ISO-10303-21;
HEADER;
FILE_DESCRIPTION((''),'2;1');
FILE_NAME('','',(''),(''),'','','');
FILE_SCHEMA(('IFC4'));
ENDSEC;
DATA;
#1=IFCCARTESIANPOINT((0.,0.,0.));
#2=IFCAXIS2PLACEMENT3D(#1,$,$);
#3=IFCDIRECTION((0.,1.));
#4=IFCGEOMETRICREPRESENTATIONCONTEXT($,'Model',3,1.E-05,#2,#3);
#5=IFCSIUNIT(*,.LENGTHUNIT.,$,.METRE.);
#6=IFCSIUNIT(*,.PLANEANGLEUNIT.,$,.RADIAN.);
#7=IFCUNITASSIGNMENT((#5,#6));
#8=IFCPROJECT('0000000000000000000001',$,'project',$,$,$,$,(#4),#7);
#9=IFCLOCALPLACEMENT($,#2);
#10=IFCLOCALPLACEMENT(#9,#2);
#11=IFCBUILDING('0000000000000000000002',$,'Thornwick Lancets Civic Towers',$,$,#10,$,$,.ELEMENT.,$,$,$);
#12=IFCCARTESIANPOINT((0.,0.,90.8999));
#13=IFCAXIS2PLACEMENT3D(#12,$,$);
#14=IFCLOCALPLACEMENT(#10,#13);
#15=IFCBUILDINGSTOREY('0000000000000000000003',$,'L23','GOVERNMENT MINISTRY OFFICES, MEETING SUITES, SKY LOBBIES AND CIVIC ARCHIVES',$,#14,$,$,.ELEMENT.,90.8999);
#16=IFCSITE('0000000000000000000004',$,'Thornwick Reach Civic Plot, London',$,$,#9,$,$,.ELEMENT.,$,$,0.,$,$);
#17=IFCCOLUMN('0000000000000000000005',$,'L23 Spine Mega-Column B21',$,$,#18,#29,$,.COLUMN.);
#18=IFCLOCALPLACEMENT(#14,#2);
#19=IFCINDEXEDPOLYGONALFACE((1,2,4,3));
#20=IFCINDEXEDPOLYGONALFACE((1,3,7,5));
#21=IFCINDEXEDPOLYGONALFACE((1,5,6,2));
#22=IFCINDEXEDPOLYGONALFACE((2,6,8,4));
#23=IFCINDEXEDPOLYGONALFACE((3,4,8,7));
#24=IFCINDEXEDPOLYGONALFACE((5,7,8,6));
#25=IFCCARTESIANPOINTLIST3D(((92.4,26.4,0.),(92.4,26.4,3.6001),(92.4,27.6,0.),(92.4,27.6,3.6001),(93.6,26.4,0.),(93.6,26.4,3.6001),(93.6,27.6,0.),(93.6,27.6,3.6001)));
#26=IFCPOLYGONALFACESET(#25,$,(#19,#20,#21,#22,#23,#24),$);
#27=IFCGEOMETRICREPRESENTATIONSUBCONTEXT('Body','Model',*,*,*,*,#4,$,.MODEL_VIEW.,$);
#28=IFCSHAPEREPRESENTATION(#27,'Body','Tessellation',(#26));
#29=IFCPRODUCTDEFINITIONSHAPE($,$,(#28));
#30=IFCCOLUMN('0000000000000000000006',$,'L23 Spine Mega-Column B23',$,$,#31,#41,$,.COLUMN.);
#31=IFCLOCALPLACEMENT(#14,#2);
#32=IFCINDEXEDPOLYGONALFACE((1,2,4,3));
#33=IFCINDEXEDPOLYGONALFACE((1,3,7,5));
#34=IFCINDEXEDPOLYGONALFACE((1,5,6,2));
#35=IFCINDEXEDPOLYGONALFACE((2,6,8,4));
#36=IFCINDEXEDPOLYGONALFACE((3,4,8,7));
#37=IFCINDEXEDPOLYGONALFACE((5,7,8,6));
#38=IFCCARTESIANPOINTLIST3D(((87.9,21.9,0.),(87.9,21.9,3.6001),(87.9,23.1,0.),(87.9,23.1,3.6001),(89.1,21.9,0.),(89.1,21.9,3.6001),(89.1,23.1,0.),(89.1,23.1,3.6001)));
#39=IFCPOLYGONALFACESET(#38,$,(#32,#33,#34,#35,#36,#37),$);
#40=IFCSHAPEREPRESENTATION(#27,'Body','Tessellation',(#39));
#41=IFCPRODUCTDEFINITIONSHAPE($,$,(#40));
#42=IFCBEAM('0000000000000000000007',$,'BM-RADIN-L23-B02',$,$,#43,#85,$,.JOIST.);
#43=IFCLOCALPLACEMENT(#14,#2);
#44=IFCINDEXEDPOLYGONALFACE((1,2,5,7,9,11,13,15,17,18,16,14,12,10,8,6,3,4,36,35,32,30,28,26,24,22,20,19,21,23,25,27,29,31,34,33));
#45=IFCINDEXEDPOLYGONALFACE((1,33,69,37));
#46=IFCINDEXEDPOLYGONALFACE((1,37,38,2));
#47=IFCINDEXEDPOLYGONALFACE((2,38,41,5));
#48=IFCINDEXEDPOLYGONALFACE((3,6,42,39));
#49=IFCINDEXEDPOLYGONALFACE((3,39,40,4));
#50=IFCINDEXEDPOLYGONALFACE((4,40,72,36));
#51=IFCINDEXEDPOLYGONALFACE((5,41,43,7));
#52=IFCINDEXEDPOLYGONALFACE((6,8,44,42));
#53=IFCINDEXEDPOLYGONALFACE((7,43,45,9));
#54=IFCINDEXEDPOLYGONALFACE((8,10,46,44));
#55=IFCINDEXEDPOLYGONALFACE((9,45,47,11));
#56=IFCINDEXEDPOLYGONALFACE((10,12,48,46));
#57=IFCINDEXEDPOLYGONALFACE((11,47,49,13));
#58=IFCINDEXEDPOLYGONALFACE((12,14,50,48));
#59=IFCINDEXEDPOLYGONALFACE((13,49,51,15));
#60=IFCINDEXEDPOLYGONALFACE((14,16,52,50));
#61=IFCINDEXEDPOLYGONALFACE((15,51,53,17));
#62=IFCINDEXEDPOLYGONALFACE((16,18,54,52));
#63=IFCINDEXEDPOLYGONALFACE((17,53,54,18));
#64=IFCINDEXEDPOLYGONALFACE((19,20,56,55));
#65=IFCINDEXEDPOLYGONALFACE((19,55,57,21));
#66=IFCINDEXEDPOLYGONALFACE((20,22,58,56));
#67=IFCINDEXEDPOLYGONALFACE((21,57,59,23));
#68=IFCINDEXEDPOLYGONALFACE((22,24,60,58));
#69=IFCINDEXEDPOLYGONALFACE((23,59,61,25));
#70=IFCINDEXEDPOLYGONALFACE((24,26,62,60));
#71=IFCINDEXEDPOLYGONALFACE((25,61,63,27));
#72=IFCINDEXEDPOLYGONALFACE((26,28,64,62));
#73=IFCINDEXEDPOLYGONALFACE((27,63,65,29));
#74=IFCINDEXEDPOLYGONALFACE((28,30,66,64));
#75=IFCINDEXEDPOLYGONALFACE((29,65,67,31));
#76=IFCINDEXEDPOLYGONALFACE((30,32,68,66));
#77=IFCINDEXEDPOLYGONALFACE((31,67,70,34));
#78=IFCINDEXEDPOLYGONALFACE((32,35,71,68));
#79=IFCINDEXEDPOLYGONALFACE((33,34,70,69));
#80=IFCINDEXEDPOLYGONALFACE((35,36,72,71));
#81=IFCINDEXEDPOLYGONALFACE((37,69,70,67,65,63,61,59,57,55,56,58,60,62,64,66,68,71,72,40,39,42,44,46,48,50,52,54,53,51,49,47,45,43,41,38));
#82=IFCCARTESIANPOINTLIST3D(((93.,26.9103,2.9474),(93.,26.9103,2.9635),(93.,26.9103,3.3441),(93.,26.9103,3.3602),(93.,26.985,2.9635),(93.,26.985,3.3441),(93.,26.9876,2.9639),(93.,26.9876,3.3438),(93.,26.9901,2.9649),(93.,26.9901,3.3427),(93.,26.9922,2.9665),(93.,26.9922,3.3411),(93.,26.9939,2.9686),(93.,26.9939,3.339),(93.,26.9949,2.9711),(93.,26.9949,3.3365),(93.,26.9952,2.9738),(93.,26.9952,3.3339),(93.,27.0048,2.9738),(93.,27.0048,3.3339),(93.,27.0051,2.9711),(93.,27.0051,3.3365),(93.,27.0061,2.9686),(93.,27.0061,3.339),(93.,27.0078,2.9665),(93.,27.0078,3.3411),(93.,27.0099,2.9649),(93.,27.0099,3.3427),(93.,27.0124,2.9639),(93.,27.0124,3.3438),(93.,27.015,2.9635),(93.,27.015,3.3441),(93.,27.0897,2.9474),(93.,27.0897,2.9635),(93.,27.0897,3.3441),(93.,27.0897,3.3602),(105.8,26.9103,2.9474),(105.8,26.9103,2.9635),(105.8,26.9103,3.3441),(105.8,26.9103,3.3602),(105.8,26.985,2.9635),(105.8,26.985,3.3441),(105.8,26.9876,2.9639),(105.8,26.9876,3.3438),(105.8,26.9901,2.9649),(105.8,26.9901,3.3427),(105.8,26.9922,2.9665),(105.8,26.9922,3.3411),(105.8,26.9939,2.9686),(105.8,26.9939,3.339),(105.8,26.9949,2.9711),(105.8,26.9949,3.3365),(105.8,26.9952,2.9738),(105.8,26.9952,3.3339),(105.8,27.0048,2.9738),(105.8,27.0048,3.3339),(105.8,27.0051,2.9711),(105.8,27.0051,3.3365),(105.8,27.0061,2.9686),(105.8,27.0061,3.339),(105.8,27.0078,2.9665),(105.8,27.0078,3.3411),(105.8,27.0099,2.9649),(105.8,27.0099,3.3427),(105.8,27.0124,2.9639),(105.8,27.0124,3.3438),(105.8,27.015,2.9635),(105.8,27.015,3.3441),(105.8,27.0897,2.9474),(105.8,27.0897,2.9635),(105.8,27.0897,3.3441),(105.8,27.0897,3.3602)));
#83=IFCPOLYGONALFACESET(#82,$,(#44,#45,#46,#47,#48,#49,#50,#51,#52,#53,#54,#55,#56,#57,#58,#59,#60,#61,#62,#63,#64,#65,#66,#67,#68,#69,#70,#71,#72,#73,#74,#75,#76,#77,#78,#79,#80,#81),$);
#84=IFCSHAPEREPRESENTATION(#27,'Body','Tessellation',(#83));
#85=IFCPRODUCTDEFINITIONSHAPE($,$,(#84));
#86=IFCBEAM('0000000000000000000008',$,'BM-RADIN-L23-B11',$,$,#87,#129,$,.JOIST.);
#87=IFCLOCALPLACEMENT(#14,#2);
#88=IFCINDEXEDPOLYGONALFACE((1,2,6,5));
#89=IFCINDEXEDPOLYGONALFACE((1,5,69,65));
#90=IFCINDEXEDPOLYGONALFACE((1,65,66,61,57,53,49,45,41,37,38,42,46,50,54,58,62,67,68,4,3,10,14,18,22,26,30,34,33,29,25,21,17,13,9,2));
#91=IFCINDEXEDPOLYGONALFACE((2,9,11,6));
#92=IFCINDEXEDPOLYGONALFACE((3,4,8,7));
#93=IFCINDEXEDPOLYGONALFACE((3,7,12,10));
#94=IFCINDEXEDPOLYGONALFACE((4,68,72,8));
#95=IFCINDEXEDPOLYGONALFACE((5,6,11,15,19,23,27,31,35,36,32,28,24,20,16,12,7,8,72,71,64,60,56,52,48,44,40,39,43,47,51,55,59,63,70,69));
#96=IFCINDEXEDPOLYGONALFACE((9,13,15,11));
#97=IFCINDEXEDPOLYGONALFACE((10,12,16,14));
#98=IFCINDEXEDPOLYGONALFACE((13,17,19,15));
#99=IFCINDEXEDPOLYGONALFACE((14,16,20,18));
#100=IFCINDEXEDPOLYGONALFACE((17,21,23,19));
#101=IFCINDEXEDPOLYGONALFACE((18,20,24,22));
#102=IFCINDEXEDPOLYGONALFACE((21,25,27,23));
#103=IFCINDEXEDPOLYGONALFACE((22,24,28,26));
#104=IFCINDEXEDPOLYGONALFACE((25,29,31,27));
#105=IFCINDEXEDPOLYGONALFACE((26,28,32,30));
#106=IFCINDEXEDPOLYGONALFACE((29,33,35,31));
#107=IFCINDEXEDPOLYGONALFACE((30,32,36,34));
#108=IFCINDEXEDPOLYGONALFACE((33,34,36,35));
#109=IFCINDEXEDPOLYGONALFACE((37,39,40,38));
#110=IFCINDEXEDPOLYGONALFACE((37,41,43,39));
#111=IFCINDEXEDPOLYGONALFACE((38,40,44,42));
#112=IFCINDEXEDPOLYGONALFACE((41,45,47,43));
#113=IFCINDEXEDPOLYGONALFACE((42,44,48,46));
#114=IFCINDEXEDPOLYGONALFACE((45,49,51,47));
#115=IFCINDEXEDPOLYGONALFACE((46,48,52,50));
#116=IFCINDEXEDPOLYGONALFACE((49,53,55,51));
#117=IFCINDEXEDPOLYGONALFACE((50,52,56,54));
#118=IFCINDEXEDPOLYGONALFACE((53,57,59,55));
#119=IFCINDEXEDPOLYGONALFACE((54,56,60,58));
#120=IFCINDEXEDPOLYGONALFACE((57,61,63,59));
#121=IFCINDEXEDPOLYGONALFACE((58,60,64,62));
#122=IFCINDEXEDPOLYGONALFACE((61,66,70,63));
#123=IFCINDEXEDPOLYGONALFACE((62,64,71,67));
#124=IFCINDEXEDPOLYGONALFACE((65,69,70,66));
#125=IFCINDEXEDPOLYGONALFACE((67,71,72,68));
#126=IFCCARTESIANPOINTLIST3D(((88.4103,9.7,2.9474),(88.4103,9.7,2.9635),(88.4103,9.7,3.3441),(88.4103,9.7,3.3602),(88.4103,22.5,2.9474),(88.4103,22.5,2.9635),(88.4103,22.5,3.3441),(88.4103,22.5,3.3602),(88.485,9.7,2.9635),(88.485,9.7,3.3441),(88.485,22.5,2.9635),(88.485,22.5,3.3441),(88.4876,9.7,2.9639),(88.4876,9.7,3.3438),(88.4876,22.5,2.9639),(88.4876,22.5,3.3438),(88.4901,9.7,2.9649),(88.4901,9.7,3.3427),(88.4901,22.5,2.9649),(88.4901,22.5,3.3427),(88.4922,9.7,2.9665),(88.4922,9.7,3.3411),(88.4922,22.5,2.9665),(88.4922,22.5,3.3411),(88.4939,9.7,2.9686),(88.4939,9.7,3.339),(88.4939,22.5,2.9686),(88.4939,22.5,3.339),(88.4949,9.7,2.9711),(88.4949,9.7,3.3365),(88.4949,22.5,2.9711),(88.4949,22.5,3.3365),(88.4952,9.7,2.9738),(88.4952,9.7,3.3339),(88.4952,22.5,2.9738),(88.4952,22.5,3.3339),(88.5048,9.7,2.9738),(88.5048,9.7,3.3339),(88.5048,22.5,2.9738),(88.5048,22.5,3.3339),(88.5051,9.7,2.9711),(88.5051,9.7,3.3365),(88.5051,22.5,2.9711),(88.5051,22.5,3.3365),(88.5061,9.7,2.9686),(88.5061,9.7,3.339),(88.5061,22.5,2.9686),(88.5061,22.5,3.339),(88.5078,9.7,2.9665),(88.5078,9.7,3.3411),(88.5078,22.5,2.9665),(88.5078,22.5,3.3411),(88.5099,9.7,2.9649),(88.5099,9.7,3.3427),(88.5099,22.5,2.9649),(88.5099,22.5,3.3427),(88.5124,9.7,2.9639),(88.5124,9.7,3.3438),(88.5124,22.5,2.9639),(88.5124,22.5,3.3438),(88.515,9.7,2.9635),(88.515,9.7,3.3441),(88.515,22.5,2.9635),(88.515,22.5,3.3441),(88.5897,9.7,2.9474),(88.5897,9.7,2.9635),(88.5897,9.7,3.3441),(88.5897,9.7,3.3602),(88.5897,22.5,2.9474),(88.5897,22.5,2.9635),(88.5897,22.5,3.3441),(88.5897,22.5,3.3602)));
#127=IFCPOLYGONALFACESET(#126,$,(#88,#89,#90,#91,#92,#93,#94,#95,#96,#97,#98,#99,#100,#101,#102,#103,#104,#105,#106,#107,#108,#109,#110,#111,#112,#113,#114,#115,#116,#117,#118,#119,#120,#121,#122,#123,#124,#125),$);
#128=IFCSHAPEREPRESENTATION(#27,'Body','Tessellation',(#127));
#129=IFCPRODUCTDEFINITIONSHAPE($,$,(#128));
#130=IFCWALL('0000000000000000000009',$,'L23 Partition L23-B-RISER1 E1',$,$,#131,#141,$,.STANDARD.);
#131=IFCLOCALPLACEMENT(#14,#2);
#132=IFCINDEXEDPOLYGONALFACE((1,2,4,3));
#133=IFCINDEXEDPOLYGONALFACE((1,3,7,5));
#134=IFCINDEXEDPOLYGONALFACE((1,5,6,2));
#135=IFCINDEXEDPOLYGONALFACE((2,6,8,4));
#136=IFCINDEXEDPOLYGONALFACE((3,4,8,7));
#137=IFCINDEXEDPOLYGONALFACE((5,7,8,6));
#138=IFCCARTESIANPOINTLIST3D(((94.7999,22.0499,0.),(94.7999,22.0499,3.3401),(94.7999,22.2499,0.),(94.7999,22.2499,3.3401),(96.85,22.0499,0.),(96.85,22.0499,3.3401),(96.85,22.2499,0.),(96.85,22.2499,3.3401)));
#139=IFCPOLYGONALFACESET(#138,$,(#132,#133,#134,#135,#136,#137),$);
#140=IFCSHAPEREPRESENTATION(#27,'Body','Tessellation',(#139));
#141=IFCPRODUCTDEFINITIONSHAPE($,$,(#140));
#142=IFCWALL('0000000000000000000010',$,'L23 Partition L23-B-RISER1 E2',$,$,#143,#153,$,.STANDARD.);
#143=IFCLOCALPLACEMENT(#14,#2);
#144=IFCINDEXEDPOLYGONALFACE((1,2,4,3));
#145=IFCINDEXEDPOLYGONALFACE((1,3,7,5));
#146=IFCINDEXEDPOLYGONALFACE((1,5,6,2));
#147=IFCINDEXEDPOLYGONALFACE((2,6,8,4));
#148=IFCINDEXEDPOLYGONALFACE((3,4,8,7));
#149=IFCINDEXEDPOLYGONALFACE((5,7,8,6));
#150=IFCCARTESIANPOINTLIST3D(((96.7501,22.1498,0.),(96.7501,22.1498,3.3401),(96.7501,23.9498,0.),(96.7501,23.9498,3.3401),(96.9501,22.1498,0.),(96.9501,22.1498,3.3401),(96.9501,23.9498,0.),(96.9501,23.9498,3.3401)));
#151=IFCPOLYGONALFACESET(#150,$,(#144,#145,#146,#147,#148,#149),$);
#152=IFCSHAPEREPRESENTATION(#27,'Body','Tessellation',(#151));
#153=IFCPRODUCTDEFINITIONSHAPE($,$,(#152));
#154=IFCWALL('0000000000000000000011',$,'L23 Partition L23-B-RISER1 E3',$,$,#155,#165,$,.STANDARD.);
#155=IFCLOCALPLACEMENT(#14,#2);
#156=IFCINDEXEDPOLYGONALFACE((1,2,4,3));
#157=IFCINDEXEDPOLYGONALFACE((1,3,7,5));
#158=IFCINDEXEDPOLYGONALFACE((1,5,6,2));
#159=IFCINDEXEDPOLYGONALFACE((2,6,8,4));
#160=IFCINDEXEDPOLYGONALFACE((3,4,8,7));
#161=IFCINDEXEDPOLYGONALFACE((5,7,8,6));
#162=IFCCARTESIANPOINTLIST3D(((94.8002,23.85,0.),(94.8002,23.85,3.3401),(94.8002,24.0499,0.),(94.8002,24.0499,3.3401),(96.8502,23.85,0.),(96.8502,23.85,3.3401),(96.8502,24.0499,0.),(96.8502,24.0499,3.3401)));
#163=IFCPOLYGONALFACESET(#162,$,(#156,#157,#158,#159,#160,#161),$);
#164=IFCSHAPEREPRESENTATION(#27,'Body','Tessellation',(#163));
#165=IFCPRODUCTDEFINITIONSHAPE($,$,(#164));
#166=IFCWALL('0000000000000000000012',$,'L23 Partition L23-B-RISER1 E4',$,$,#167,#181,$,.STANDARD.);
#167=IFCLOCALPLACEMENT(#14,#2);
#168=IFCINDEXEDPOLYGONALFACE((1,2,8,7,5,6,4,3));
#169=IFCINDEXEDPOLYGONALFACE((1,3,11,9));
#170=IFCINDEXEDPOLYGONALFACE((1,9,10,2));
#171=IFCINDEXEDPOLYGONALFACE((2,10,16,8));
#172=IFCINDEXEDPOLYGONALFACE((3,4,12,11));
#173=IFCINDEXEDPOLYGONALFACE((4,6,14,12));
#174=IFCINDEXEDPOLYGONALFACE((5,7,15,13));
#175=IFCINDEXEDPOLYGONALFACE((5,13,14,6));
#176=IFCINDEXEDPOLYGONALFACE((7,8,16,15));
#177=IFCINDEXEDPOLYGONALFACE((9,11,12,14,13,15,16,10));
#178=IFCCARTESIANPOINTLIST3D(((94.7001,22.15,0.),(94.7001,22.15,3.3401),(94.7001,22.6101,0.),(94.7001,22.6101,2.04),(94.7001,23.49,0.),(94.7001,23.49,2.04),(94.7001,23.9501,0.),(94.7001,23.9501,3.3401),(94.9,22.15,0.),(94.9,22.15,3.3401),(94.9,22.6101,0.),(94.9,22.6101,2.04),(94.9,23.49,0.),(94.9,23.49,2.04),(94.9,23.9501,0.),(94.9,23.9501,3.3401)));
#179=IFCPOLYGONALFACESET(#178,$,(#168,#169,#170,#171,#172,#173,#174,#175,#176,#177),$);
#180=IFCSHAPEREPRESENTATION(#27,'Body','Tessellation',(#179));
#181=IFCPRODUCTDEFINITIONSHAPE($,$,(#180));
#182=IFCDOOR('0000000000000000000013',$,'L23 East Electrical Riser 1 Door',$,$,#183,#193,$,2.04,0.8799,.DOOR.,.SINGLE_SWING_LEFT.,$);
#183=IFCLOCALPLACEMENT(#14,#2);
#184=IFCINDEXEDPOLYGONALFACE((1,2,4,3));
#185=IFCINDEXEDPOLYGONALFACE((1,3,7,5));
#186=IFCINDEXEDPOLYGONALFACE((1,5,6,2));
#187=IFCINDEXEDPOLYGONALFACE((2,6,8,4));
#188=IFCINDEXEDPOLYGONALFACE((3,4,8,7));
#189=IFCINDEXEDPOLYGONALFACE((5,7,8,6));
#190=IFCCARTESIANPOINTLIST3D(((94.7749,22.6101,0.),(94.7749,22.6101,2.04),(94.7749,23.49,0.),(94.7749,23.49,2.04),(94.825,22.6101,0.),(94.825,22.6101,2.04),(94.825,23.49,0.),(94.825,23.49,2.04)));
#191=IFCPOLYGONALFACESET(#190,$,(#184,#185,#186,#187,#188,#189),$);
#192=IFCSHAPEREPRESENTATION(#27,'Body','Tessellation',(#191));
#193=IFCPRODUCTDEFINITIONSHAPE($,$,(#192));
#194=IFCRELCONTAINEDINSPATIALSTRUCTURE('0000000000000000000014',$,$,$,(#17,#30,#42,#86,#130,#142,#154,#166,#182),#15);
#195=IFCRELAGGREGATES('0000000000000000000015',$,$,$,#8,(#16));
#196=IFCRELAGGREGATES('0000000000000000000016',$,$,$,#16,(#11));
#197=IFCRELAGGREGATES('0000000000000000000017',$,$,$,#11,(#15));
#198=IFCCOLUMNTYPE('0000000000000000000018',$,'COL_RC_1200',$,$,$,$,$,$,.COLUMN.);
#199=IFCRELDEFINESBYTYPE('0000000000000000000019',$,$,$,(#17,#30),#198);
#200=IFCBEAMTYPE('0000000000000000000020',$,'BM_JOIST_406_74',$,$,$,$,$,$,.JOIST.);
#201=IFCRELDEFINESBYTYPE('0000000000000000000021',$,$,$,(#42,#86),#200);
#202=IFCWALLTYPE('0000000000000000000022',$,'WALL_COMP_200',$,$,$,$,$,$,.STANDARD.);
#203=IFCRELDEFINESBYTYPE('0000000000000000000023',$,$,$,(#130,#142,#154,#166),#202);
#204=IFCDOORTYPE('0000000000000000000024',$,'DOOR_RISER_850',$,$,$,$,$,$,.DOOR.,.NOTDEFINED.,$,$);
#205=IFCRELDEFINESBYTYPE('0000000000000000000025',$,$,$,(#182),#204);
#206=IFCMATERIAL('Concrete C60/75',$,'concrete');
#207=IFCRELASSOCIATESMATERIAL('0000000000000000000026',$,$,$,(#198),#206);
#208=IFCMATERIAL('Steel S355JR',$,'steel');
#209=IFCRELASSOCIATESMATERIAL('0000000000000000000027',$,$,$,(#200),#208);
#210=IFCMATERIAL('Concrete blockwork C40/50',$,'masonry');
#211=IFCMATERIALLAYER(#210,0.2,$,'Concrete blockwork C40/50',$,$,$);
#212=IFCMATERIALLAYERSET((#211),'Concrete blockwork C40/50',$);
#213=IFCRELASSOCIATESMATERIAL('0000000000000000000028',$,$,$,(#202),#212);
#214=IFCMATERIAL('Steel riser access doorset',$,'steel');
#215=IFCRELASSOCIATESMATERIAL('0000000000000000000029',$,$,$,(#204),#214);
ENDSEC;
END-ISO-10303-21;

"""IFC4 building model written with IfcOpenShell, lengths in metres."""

from ifc_helpers import new_model, si_unit, direction, frame, frame_2d, origin, origin_2d, place, context, subcontext, project, spatial, rectangle, i_section, extrude, material, layer, layer_set, material_profile, profile_set, type_object, element, fill, save


model = new_model("IFC4")

# Units and contexts
model_context = context("Model", 3, precision=1e-05, world=origin(), true_north=direction((0.0, 1.0)))
body_context = subcontext(model_context, "Body", "Model", "MODEL_VIEW")
ifc_project = project(units=[si_unit("LENGTHUNIT", "METRE"), si_unit("PLANEANGLEUNIT", "RADIAN")], contexts=[model_context])

# Site, building, storey
site_placement = place(None, origin())
site = spatial("IfcSite", under=ifc_project, at=site_placement, Name="Thornwick Reach Civic Plot, London", CompositionType="ELEMENT", RefElevation=0.0)
building_placement = place(site_placement, origin())
building = spatial("IfcBuilding", under=site, at=building_placement, Name="Thornwick Lancets Civic Towers", CompositionType="ELEMENT")
storey_placement = place(building_placement, frame((0.0, 0.0, 90.8999)))
storey = spatial("IfcBuildingStorey", under=building, at=storey_placement, Name="L23", Description="GOVERNMENT MINISTRY OFFICES, MEETING SUITES, SKY LOBBIES AND CIVIC ARCHIVES", CompositionType="ELEMENT", Elevation=90.8999)

# Columns
ifc_material_1 = material(Name="Concrete C60/75", Category="concrete")
ifc_material_profile_1 = material_profile(ifc_material_1, rectangle(XDim=1.2, YDim=1.2, at=origin_2d()), Name="RC 1200x1200")
ifc_profile_set_1 = profile_set([ifc_material_profile_1], Name="Concrete C60/75")
column_type = type_object("IfcColumnType", Name="COL_RC_1200", PredefinedType="COLUMN", material=ifc_profile_set_1)
for number, where, z_axis, x_axis, name in (
    (1, (93.0, 27.0, 0.0), (0.0, 0.0, 1.0), (1.0, 0.0, 0.0), "L23 Spine Mega-Column B21"),
    (2, (88.5, 22.5, 0.0), (0.0, 0.0, 1.0), (1.0, 0.0, 0.0), "L23 Spine Mega-Column B23"),
):
    element("IfcColumn", number, at=place(storey_placement, frame(where, z_axis=z_axis, x_axis=x_axis)), inside=storey, type_object=column_type, Name=name, PredefinedType="COLUMN", context=body_context, shape_type="SweptSolid", body=[
        extrude(rectangle(XDim=1.2, YDim=1.2, at=origin_2d()), origin(), (0.0, 0.0, 1.0), 3.6001),
    ])

# Beams
ifc_material_2 = material(Name="Steel S355JR", Category="steel")
ifc_material_profile_2 = material_profile(ifc_material_2, i_section(OverallWidth=0.1794, OverallDepth=0.4128, WebThickness=0.0095, FlangeThickness=0.0161, FilletRadius=0.0103, at=origin_2d()), Name="UKB 406x178x74")
ifc_profile_set_2 = profile_set([ifc_material_profile_2], Name="Steel S355JR")
beam_type = type_object("IfcBeamType", Name="BM_JOIST_406_74", PredefinedType="JOIST", material=ifc_profile_set_2)
for number, where, z_axis, x_axis, name in (
    (3, (93.0, 27.0, 3.1538), (1.0, 0.0, 0.0), (0.0, 1.0, 0.0), "BM-RADIN-L23-B02"),
    (4, (88.5, 22.5, 3.1538), (0.0, -1.0, 0.0), (1.0, 0.0, 0.0), "BM-RADIN-L23-B11"),
):
    element("IfcBeam", number, at=place(storey_placement, frame(where, z_axis=z_axis, x_axis=x_axis)), inside=storey, type_object=beam_type, Name=name, PredefinedType="JOIST", context=body_context, shape_type="SweptSolid", body=[
        extrude(i_section(OverallWidth=0.1794, OverallDepth=0.4128, WebThickness=0.0095, FlangeThickness=0.0161, FilletRadius=0.0103, at=origin_2d()), origin(), (0.0, 0.0, 1.0), 12.8),
    ])

# Walls
ifc_material_3 = material(Name="Concrete blockwork C40/50", Category="masonry")
ifc_layer_1 = layer(ifc_material_3, 0.2, Name="Concrete blockwork C40/50")
ifc_layer_set_1 = layer_set([ifc_layer_1], Name="Concrete blockwork C40/50")
wall_type_1 = type_object("IfcWallType", Name="WALL_COMP_200", PredefinedType="STANDARD", material=ifc_layer_set_1)
wall_1_placement = place(storey_placement, frame((94.8, 22.1499, 0.0), z_axis=(0.0, 0.0, 1.0), x_axis=(1.0, 0.0, 0.0)))
element("IfcWall", 5, at=wall_1_placement, inside=storey, type_object=wall_type_1, Name="L23 Partition L23-B-RISER1 E1", PredefinedType="STANDARD", context=body_context, shape_type="SweptSolid", body=[
    extrude(rectangle(XDim=2.05, YDim=0.2, at=frame_2d((1.0249, 0.0))), origin(), (0.0, 0.0, 1.0), 3.3401),
])
wall_2_placement = place(storey_placement, frame((96.8501, 22.1499, 0.0), z_axis=(0.0, 0.0, 1.0), x_axis=(0.0, 1.0, 0.0)))
element("IfcWall", 6, at=wall_2_placement, inside=storey, type_object=wall_type_1, Name="L23 Partition L23-B-RISER1 E2", PredefinedType="STANDARD", context=body_context, shape_type="SweptSolid", body=[
    extrude(rectangle(XDim=1.8, YDim=0.2, at=frame_2d((0.8999, 0.0))), origin(), (0.0, 0.0, 1.0), 3.3401),
])
wall_3_placement = place(storey_placement, frame((96.8501, 23.95, 0.0), z_axis=(0.0, 0.0, 1.0), x_axis=(-1.0, 0.0, 0.0)))
element("IfcWall", 7, at=wall_3_placement, inside=storey, type_object=wall_type_1, Name="L23 Partition L23-B-RISER1 E3", PredefinedType="STANDARD", context=body_context, shape_type="SweptSolid", body=[
    extrude(rectangle(XDim=2.05, YDim=0.2, at=frame_2d((1.0249, 0.0))), origin(), (0.0, 0.0, 1.0), 3.3401),
])

# Wall, opening, door
wall_4_placement = place(storey_placement, frame((94.8, 23.95, 0.0), z_axis=(0.0, 0.0, 1.0), x_axis=(0.0, -1.0, 0.0)))
wall_4 = element("IfcWall", 8, at=wall_4_placement, inside=storey, type_object=wall_type_1, Name="L23 Partition L23-B-RISER1 E4", PredefinedType="STANDARD", context=body_context, shape_type="SweptSolid", body=[
    extrude(rectangle(XDim=1.8, YDim=0.2, at=frame_2d((0.8999, 0.0))), origin(), (0.0, 0.0, 1.0), 3.3401),
])
opening_1_placement = place(wall_4_placement, frame((0.46, 0.0, 0.0)))
opening_1 = element("IfcOpeningElement", 9, at=opening_1_placement, cuts=wall_4, PredefinedType="OPENING", context=body_context, shape_type="SweptSolid", body=[
    extrude(rectangle(XDim=0.8799, YDim=2.04, at=frame_2d((0.4399, 1.02))), frame((0.0, 0.1099, 0.0), z_axis=(0.0, -1.0, 0.0), x_axis=(1.0, 0.0, 0.0)), (0.0, 0.0, 1.0), 0.22),
])
ifc_material_4 = material(Name="Steel riser access doorset", Category="steel")
door_type_1 = type_object("IfcDoorType", Name="DOOR_RISER_850", OperationType="NOTDEFINED", PredefinedType="DOOR", material=ifc_material_4)
door_1_placement = place(opening_1_placement, origin())
door_1 = element("IfcDoor", 10, at=door_1_placement, inside=storey, type_object=door_type_1, Name="L23 East Electrical Riser 1 Door", OperationType="SINGLE_SWING_LEFT", OverallHeight=2.04, OverallWidth=0.8799, PredefinedType="DOOR", context=body_context, shape_type="SweptSolid", body=[
    extrude(rectangle(XDim=0.8799, YDim=2.04, at=frame_2d((0.4399, 1.02))), frame((0.0, 0.0249, 0.0), z_axis=(0.0, -1.0, 0.0), x_axis=(1.0, 0.0, 0.0)), (0.0, 0.0, 1.0), 0.05),
])
fill(opening_1, door_1)

save(model, "model.ifc")
